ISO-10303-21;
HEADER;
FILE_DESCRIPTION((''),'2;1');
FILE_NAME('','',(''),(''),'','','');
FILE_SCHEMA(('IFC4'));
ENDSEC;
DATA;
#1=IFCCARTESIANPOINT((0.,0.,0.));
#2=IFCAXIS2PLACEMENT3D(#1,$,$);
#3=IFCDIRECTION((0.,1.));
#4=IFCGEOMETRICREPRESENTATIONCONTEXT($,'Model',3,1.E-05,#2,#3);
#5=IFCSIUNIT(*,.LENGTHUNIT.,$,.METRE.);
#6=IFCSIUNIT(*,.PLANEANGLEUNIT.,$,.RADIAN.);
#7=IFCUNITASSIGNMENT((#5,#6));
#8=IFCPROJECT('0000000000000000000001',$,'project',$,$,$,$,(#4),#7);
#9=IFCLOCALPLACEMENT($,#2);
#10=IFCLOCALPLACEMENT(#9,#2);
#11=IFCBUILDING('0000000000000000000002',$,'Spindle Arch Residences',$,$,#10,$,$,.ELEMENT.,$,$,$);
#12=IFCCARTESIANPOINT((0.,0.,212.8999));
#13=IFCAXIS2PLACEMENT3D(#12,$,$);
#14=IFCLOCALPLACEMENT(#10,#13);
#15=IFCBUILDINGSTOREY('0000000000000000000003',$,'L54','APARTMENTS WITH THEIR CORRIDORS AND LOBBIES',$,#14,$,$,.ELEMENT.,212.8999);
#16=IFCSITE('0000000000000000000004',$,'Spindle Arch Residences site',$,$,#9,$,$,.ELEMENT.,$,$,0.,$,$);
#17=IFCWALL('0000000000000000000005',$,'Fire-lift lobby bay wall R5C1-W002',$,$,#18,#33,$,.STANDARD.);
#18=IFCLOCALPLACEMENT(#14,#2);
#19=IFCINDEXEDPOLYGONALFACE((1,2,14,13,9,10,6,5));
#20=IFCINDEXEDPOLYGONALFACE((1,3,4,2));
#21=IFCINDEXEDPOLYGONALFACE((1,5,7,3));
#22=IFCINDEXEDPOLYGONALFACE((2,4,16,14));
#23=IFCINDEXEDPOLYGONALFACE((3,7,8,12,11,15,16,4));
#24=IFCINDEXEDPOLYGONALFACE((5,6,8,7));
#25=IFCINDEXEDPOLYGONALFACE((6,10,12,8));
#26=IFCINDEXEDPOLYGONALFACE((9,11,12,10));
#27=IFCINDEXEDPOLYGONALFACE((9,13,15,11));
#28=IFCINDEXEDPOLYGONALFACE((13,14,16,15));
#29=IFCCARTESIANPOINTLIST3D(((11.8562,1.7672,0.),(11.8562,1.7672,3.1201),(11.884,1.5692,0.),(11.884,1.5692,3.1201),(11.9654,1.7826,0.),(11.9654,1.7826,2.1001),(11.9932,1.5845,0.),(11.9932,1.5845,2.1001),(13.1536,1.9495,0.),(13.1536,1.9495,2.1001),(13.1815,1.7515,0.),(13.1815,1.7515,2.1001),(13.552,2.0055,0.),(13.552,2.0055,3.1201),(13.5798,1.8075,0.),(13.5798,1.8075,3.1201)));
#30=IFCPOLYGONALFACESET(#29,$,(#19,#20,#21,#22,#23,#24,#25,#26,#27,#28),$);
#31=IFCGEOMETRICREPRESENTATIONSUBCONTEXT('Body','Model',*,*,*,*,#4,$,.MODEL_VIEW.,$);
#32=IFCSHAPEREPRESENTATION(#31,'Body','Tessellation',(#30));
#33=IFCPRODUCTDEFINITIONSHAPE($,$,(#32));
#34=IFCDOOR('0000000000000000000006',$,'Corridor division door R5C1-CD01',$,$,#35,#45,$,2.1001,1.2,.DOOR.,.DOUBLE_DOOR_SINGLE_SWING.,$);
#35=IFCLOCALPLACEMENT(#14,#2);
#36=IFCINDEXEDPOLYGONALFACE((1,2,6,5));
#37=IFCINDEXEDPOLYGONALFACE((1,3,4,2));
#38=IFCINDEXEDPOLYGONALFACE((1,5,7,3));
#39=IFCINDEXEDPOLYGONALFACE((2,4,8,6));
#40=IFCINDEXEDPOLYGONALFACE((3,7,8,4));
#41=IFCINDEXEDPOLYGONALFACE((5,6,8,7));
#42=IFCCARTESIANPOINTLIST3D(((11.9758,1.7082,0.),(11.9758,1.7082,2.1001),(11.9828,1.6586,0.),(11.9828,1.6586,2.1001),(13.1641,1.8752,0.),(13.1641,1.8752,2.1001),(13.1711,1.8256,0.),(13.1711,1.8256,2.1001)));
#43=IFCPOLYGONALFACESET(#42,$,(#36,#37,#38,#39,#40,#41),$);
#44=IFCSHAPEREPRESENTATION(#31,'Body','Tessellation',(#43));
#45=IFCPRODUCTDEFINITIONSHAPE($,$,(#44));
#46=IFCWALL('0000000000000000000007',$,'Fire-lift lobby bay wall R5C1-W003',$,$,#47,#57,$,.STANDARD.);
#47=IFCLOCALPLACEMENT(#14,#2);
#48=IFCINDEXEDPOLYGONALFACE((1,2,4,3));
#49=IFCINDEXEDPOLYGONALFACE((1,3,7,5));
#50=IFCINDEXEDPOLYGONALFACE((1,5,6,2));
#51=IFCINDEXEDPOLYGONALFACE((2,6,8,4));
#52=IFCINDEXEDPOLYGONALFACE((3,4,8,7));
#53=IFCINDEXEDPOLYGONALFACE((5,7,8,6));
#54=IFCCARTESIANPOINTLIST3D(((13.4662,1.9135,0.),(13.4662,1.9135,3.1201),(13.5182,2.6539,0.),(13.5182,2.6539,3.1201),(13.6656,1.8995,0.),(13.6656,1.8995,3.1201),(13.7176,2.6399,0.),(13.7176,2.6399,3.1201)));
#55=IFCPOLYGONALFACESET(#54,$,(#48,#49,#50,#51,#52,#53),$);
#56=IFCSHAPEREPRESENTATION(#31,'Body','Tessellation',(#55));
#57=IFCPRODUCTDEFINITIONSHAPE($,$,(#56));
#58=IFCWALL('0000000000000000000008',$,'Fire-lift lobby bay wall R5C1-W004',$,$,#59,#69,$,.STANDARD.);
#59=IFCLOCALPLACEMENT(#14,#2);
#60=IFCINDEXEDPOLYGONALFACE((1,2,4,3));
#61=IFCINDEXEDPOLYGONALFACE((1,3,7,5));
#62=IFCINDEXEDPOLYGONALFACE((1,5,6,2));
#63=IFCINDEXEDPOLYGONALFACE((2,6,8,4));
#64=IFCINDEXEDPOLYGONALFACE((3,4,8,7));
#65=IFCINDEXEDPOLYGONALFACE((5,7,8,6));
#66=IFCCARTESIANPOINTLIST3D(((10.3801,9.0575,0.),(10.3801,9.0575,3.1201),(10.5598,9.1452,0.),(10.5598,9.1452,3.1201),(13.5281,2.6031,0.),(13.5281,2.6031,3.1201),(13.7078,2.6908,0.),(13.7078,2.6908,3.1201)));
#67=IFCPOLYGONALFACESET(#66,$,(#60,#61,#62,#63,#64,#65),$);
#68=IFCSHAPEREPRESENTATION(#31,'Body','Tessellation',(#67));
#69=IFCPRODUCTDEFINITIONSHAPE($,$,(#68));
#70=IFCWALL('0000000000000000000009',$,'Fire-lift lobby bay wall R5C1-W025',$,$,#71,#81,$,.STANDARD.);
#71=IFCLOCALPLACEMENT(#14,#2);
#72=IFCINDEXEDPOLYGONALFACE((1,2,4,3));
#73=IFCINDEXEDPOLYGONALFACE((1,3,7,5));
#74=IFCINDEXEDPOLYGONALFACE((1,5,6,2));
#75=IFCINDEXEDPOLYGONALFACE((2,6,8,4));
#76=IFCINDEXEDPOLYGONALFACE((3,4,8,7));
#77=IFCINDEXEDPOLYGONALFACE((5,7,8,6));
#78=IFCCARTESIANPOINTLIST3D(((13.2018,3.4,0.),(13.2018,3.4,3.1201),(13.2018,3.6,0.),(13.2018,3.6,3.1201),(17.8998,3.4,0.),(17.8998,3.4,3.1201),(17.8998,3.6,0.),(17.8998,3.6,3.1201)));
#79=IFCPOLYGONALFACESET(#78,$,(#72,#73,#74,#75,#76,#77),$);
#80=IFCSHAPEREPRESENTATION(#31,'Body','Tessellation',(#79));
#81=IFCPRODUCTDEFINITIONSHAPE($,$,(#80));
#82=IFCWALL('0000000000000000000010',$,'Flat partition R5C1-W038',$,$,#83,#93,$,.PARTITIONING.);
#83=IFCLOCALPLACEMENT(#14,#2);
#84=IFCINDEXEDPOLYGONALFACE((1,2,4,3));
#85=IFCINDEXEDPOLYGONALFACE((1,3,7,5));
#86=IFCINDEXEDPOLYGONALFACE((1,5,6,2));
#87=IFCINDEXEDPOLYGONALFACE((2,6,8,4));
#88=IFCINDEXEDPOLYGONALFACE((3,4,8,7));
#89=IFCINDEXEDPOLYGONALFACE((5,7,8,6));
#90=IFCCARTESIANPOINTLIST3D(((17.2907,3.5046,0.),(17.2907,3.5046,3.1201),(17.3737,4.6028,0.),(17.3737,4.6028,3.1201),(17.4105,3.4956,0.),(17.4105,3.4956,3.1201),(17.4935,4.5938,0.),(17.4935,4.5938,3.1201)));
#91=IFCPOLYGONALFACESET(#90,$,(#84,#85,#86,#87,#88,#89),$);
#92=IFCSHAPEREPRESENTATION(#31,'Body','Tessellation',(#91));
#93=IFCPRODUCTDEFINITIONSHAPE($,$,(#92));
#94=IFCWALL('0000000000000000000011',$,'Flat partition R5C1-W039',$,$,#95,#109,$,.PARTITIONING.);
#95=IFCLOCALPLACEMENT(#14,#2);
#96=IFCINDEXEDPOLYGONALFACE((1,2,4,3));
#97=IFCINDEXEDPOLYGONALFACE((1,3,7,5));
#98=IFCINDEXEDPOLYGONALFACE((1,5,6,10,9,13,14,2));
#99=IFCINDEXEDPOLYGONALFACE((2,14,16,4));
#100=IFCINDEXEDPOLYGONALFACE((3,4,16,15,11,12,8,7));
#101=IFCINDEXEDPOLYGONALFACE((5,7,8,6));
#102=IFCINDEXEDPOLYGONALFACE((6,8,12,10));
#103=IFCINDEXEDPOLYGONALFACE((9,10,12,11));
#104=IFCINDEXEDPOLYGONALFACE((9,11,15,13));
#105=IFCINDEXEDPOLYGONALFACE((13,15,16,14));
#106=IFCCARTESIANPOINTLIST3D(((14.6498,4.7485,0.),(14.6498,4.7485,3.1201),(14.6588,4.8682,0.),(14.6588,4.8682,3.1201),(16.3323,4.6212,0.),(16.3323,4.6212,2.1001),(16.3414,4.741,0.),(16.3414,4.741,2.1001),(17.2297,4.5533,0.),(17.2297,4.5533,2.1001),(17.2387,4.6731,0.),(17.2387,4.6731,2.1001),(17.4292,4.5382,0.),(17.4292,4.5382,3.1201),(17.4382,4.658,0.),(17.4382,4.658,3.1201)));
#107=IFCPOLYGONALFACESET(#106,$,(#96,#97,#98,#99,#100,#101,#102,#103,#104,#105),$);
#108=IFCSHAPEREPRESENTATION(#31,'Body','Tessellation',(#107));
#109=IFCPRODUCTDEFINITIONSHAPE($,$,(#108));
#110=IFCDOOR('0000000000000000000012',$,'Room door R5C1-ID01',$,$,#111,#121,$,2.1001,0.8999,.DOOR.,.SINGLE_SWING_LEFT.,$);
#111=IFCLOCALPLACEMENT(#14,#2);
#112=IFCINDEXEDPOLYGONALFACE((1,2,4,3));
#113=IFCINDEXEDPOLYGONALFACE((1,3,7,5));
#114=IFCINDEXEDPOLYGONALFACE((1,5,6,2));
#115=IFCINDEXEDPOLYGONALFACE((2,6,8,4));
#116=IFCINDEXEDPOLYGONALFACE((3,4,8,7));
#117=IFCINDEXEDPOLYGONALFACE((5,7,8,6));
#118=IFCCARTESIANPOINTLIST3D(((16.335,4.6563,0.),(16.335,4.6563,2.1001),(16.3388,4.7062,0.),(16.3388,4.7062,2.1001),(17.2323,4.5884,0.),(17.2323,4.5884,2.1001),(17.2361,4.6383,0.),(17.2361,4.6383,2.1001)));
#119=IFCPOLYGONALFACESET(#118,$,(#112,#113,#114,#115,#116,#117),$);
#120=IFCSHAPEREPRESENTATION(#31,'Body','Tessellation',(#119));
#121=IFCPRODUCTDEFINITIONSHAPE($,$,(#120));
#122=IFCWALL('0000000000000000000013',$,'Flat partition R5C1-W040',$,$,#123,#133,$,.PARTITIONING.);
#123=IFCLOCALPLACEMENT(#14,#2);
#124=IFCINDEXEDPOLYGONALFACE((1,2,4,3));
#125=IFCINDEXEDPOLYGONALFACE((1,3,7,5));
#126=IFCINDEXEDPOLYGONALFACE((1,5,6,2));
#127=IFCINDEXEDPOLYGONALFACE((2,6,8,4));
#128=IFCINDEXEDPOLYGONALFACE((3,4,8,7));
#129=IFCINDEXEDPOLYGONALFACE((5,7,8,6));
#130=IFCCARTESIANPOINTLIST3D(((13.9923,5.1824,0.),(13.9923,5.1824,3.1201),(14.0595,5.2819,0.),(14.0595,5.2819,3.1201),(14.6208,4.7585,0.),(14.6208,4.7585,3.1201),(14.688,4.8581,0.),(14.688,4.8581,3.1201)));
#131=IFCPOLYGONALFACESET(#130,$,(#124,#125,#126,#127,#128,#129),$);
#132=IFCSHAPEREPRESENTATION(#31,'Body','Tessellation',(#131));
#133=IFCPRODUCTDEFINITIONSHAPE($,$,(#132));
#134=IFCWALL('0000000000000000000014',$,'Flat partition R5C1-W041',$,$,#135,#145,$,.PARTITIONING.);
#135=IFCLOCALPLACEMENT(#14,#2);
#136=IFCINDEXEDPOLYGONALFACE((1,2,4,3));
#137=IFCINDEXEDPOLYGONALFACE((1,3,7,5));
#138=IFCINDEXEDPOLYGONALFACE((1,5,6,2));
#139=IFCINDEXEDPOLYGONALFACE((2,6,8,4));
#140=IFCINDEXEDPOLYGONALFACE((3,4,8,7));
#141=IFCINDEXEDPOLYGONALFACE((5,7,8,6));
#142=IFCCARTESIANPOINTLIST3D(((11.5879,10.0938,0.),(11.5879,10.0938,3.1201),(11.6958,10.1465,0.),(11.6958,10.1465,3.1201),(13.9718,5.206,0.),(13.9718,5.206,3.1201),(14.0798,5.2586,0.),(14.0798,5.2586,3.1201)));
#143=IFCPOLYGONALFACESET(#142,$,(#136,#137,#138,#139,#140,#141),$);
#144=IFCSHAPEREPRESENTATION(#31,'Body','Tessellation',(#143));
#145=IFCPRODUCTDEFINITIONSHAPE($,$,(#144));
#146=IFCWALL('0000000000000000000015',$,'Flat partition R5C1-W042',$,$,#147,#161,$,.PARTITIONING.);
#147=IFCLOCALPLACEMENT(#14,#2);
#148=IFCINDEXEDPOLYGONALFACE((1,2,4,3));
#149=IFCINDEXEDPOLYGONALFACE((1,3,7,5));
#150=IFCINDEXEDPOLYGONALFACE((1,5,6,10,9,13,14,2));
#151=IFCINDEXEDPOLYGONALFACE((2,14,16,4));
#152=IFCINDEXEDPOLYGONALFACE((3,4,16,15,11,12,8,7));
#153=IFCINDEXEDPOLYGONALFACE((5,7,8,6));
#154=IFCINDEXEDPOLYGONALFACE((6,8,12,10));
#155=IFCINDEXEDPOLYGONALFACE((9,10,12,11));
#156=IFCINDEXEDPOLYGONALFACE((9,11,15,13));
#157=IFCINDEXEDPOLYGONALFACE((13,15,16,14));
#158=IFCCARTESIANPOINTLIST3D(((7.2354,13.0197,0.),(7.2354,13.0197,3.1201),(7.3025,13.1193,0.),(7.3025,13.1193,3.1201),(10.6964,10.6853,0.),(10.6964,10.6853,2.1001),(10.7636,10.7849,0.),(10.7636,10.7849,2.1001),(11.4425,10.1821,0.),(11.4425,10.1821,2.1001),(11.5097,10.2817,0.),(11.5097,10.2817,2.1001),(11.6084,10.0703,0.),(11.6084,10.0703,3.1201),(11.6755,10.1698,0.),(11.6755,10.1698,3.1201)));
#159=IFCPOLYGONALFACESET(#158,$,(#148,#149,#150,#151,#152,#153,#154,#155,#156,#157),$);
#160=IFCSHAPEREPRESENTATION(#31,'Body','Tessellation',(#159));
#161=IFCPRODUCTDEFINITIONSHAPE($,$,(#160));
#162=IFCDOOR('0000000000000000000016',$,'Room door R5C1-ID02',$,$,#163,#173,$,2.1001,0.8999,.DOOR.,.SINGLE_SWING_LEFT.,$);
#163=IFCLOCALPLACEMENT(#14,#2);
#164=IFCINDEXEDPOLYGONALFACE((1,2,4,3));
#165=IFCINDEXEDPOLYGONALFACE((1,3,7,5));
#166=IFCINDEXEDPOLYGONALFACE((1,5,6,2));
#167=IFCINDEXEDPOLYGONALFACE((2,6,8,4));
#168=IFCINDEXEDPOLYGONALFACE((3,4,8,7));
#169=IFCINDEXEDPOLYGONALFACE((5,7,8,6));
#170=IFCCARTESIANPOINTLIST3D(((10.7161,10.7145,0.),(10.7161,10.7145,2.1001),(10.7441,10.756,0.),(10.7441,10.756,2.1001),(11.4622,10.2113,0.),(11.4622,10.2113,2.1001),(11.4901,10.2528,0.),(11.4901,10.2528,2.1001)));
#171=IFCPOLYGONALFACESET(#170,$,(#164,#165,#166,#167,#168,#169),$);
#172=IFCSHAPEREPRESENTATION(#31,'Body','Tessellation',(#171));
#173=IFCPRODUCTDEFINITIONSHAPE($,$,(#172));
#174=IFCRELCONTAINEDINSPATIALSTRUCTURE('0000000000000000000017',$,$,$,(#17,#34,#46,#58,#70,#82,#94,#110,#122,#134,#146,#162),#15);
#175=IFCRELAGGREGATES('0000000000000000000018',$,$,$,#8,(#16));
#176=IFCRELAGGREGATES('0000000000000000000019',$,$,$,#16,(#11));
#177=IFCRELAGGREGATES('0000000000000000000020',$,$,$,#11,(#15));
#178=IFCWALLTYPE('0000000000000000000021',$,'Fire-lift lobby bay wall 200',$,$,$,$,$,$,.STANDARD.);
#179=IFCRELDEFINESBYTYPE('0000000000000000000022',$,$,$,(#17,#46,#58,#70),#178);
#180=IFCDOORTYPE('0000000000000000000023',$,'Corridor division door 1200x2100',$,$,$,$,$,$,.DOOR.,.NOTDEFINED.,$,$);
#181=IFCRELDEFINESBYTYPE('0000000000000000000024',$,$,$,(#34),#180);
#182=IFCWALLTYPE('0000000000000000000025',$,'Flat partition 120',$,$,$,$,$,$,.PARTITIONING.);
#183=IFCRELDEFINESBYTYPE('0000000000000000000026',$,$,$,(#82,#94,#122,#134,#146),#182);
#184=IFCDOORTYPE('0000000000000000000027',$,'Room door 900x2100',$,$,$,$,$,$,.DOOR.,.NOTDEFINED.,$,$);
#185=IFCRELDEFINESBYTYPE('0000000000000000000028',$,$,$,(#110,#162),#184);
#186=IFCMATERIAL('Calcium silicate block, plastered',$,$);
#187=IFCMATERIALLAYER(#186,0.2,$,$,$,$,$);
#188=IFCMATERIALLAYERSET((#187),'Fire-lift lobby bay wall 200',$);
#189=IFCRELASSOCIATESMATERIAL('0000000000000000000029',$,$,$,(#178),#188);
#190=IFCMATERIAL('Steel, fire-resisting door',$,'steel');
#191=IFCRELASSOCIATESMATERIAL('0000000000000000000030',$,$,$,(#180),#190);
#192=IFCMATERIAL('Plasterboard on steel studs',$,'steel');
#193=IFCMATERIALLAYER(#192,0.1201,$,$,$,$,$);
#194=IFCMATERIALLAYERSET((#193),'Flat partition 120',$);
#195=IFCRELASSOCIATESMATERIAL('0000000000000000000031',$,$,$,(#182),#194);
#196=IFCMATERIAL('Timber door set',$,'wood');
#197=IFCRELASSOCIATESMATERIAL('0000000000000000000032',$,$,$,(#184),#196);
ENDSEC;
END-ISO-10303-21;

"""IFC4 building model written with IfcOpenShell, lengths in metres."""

from ifc_helpers import new_model, si_unit, direction, frame, frame_2d, origin, place, context, subcontext, project, spatial, rectangle, extrude, material, layer, layer_set, type_object, element, fill, save


model = new_model("IFC4")

# Units and contexts
model_context = context("Model", 3, precision=1e-05, world=origin(), true_north=direction((0.0, 1.0)))
body_context = subcontext(model_context, "Body", "Model", "MODEL_VIEW")
ifc_project = project(units=[si_unit("LENGTHUNIT", "METRE"), si_unit("PLANEANGLEUNIT", "RADIAN")], contexts=[model_context])

# Site, building, storey
site_placement = place(None, origin())
site = spatial("IfcSite", under=ifc_project, at=site_placement, Name="Spindle Arch Residences site", CompositionType="ELEMENT", RefElevation=0.0)
building_placement = place(site_placement, origin())
building = spatial("IfcBuilding", under=site, at=building_placement, Name="Spindle Arch Residences", CompositionType="ELEMENT")
storey_placement = place(building_placement, frame((0.0, 0.0, 212.8999)))
storey = spatial("IfcBuildingStorey", under=building, at=storey_placement, Name="L54", Description="APARTMENTS WITH THEIR CORRIDORS AND LOBBIES", CompositionType="ELEMENT", Elevation=212.8999)

# Shared definitions
ifc_material_1 = material(Name="Calcium silicate block, plastered")
ifc_layer_1 = layer(ifc_material_1, 0.2)
ifc_layer_set_1 = layer_set([ifc_layer_1], Name="Fire-lift lobby bay wall 200")
wall_type_1 = type_object("IfcWallType", Name="Fire-lift lobby bay wall 200", PredefinedType="STANDARD", material=ifc_layer_set_1)

# Wall, opening, door
wall_1_placement = place(storey_placement, frame((11.8701, 1.6682, 0.0), z_axis=(0.0, 0.0, 1.0), x_axis=(0.990272, 0.139146, 0.0)))
wall_1 = element("IfcWall", 1, at=wall_1_placement, inside=storey, type_object=wall_type_1, Name="Fire-lift lobby bay wall R5C1-W002", PredefinedType="STANDARD", context=body_context, shape_type="SweptSolid", body=[
    extrude(rectangle(XDim=1.7124, YDim=0.2, at=frame_2d((0.8562, 0.0))), origin(), (0.0, 0.0, 1.0), 3.1201),
])
opening_1_placement = place(wall_1_placement, frame((0.1101, 0.0, 0.0)))
opening_1 = element("IfcOpeningElement", 2, at=opening_1_placement, cuts=wall_1, PredefinedType="OPENING", context=body_context, shape_type="SweptSolid", body=[
    extrude(rectangle(XDim=1.2, YDim=2.1001, at=frame_2d((0.6001, 1.05))), frame((0.0, 0.1099, 0.0), z_axis=(0.0, -1.0, 0.0), x_axis=(1.0, 0.0, 0.0)), (0.0, 0.0, 1.0), 0.22),
])
ifc_material_2 = material(Name="Steel, fire-resisting door", Category="steel")
door_type_1 = type_object("IfcDoorType", Name="Corridor division door 1200x2100", OperationType="NOTDEFINED", PredefinedType="DOOR", material=ifc_material_2)
door_1_placement = place(opening_1_placement, origin())
door_1 = element("IfcDoor", 3, at=door_1_placement, inside=storey, type_object=door_type_1, Name="Corridor division door R5C1-CD01", OperationType="DOUBLE_DOOR_SINGLE_SWING", OverallHeight=2.1001, OverallWidth=1.2, PredefinedType="DOOR", context=body_context, shape_type="SweptSolid", body=[
    extrude(rectangle(XDim=1.2, YDim=2.1001, at=frame_2d((0.6001, 1.05))), frame((0.0, 0.0249, 0.0), z_axis=(0.0, -1.0, 0.0), x_axis=(1.0, 0.0, 0.0)), (0.0, 0.0, 1.0), 0.05),
])
fill(opening_1, door_1)

# Walls
wall_2_placement = place(storey_placement, frame((13.5659, 1.9065, 0.0), z_axis=(0.0, 0.0, 1.0), x_axis=(0.070055, 0.997543, 0.0)))
element("IfcWall", 4, at=wall_2_placement, inside=storey, type_object=wall_type_1, Name="Fire-lift lobby bay wall R5C1-W003", PredefinedType="STANDARD", context=body_context, shape_type="SweptSolid", body=[
    extrude(rectangle(XDim=0.7422, YDim=0.2, at=frame_2d((0.3711, 0.0))), origin(), (0.0, 0.0, 1.0), 3.1201),
])
wall_3_placement = place(storey_placement, frame((13.6179, 2.647, 0.0), z_axis=(0.0, 0.0, 1.0), x_axis=(-0.438366, 0.898797, 0.0)))
element("IfcWall", 5, at=wall_3_placement, inside=storey, type_object=wall_type_1, Name="Fire-lift lobby bay wall R5C1-W004", PredefinedType="STANDARD", context=body_context, shape_type="SweptSolid", body=[
    extrude(rectangle(XDim=7.1812, YDim=0.2, at=frame_2d((3.5906, 0.0))), origin(), (0.0, 0.0, 1.0), 3.1201),
])
wall_4_placement = place(storey_placement, frame((17.8999, 3.5, 0.0), z_axis=(0.0, 0.0, 1.0), x_axis=(-1.0, 0.0, 0.0)))
element("IfcWall", 6, at=wall_4_placement, inside=storey, type_object=wall_type_1, Name="Fire-lift lobby bay wall R5C1-W025", PredefinedType="STANDARD", context=body_context, shape_type="SweptSolid", body=[
    extrude(rectangle(XDim=4.698, YDim=0.2, at=frame_2d((2.3491, 0.0))), origin(), (0.0, 0.0, 1.0), 3.1201),
])
ifc_material_3 = material(Name="Plasterboard on steel studs", Category="steel")
ifc_layer_2 = layer(ifc_material_3, 0.1201)
ifc_layer_set_2 = layer_set([ifc_layer_2], Name="Flat partition 120")
wall_type_2 = type_object("IfcWallType", Name="Flat partition 120", PredefinedType="PARTITIONING", material=ifc_layer_set_2)
wall_5_placement = place(storey_placement, frame((17.3506, 3.5, 0.0), z_axis=(0.0, 0.0, 1.0), x_axis=(0.075374, 0.997155, 0.0)))
element("IfcWall", 7, at=wall_5_placement, inside=storey, type_object=wall_type_2, Name="Flat partition R5C1-W038", PredefinedType="PARTITIONING", context=body_context, shape_type="SweptSolid", body=[
    extrude(rectangle(XDim=1.1013, YDim=0.1201, at=frame_2d((0.5508, 0.0))), origin(), (0.0, 0.0, 1.0), 3.1201),
])

# Wall, opening, door
wall_6_placement = place(storey_placement, frame((17.4336, 4.5981, 0.0), z_axis=(0.0, 0.0, 1.0), x_axis=(-0.997152, 0.075417, 0.0)))
wall_6 = element("IfcWall", 8, at=wall_6_placement, inside=storey, type_object=wall_type_2, Name="Flat partition R5C1-W039", PredefinedType="PARTITIONING", context=body_context, shape_type="SweptSolid", body=[
    extrude(rectangle(XDim=2.7874, YDim=0.1201, at=frame_2d((1.3936, 0.0))), origin(), (0.0, 0.0, 1.0), 3.1201),
])
opening_2_placement = place(wall_6_placement, frame((0.2, 0.0, 0.0)))
opening_2 = element("IfcOpeningElement", 9, at=opening_2_placement, cuts=wall_6, PredefinedType="OPENING", context=body_context, shape_type="SweptSolid", body=[
    extrude(rectangle(XDim=0.8999, YDim=2.1001, at=frame_2d((0.45, 1.05))), frame((0.0, 0.0701, 0.0), z_axis=(0.0, -1.0, 0.0), x_axis=(1.0, 0.0, 0.0)), (0.0, 0.0, 1.0), 0.1401),
])
ifc_material_4 = material(Name="Timber door set", Category="wood")
door_type_2 = type_object("IfcDoorType", Name="Room door 900x2100", OperationType="NOTDEFINED", PredefinedType="DOOR", material=ifc_material_4)
door_2_placement = place(opening_2_placement, origin())
door_2 = element("IfcDoor", 10, at=door_2_placement, inside=storey, type_object=door_type_2, Name="Room door R5C1-ID01", OperationType="SINGLE_SWING_LEFT", OverallHeight=2.1001, OverallWidth=0.8999, PredefinedType="DOOR", context=body_context, shape_type="SweptSolid", body=[
    extrude(rectangle(XDim=0.8999, YDim=2.1001, at=frame_2d((0.45, 1.05))), frame((0.0, 0.0249, 0.0), z_axis=(0.0, -1.0, 0.0), x_axis=(1.0, 0.0, 0.0)), (0.0, 0.0, 1.0), 0.05),
])
fill(opening_2, door_2)

# Walls
wall_7_placement = place(storey_placement, frame((14.6543, 4.8083, 0.0), z_axis=(0.0, 0.0, 1.0), x_axis=(-0.829065, 0.559152, 0.0)))
element("IfcWall", 11, at=wall_7_placement, inside=storey, type_object=wall_type_2, Name="Flat partition R5C1-W040", PredefinedType="PARTITIONING", context=body_context, shape_type="SweptSolid", body=[
    extrude(rectangle(XDim=0.7581, YDim=0.1201, at=frame_2d((0.3789, 0.0))), origin(), (0.0, 0.0, 1.0), 3.1201),
])
wall_8_placement = place(storey_placement, frame((14.0259, 5.2322, 0.0), z_axis=(0.0, 0.0, 1.0), x_axis=(-0.438375, 0.898792, 0.0)))
element("IfcWall", 12, at=wall_8_placement, inside=storey, type_object=wall_type_2, Name="Flat partition R5C1-W041", PredefinedType="PARTITIONING", context=body_context, shape_type="SweptSolid", body=[
    extrude(rectangle(XDim=5.4382, YDim=0.1201, at=frame_2d((2.7192, 0.0))), origin(), (0.0, 0.0, 1.0), 3.1201),
])

# Wall, opening, door
wall_9_placement = place(storey_placement, frame((11.6418, 10.1201, 0.0), z_axis=(0.0, 0.0, 1.0), x_axis=(-0.829055, 0.559168, 0.0)))
wall_9 = element("IfcWall", 13, at=wall_9_placement, inside=storey, type_object=wall_type_2, Name="Flat partition R5C1-W042", PredefinedType="PARTITIONING", context=body_context, shape_type="SweptSolid", body=[
    extrude(rectangle(XDim=5.2747, YDim=0.1201, at=frame_2d((2.6372, 0.0))), origin(), (0.0, 0.0, 1.0), 3.1201),
])
opening_3_placement = place(wall_9_placement, frame((0.2, 0.0, 0.0)))
opening_3 = element("IfcOpeningElement", 14, at=opening_3_placement, cuts=wall_9, PredefinedType="OPENING", context=body_context, shape_type="SweptSolid", body=[
    extrude(rectangle(XDim=0.8999, YDim=2.1001, at=frame_2d((0.45, 1.05))), frame((0.0, 0.0701, 0.0), z_axis=(0.0, -1.0, 0.0), x_axis=(1.0, 0.0, 0.0)), (0.0, 0.0, 1.0), 0.1401),
])
door_3_placement = place(opening_3_placement, origin())
door_3 = element("IfcDoor", 15, at=door_3_placement, inside=storey, type_object=door_type_2, Name="Room door R5C1-ID02", OperationType="SINGLE_SWING_LEFT", OverallHeight=2.1001, OverallWidth=0.8999, PredefinedType="DOOR", context=body_context, shape_type="SweptSolid", body=[
    extrude(rectangle(XDim=0.8999, YDim=2.1001, at=frame_2d((0.45, 1.05))), frame((0.0, 0.0249, 0.0), z_axis=(0.0, -1.0, 0.0), x_axis=(1.0, 0.0, 0.0)), (0.0, 0.0, 1.0), 0.05),
])
fill(opening_3, door_3)

save(model, "model.ifc")
